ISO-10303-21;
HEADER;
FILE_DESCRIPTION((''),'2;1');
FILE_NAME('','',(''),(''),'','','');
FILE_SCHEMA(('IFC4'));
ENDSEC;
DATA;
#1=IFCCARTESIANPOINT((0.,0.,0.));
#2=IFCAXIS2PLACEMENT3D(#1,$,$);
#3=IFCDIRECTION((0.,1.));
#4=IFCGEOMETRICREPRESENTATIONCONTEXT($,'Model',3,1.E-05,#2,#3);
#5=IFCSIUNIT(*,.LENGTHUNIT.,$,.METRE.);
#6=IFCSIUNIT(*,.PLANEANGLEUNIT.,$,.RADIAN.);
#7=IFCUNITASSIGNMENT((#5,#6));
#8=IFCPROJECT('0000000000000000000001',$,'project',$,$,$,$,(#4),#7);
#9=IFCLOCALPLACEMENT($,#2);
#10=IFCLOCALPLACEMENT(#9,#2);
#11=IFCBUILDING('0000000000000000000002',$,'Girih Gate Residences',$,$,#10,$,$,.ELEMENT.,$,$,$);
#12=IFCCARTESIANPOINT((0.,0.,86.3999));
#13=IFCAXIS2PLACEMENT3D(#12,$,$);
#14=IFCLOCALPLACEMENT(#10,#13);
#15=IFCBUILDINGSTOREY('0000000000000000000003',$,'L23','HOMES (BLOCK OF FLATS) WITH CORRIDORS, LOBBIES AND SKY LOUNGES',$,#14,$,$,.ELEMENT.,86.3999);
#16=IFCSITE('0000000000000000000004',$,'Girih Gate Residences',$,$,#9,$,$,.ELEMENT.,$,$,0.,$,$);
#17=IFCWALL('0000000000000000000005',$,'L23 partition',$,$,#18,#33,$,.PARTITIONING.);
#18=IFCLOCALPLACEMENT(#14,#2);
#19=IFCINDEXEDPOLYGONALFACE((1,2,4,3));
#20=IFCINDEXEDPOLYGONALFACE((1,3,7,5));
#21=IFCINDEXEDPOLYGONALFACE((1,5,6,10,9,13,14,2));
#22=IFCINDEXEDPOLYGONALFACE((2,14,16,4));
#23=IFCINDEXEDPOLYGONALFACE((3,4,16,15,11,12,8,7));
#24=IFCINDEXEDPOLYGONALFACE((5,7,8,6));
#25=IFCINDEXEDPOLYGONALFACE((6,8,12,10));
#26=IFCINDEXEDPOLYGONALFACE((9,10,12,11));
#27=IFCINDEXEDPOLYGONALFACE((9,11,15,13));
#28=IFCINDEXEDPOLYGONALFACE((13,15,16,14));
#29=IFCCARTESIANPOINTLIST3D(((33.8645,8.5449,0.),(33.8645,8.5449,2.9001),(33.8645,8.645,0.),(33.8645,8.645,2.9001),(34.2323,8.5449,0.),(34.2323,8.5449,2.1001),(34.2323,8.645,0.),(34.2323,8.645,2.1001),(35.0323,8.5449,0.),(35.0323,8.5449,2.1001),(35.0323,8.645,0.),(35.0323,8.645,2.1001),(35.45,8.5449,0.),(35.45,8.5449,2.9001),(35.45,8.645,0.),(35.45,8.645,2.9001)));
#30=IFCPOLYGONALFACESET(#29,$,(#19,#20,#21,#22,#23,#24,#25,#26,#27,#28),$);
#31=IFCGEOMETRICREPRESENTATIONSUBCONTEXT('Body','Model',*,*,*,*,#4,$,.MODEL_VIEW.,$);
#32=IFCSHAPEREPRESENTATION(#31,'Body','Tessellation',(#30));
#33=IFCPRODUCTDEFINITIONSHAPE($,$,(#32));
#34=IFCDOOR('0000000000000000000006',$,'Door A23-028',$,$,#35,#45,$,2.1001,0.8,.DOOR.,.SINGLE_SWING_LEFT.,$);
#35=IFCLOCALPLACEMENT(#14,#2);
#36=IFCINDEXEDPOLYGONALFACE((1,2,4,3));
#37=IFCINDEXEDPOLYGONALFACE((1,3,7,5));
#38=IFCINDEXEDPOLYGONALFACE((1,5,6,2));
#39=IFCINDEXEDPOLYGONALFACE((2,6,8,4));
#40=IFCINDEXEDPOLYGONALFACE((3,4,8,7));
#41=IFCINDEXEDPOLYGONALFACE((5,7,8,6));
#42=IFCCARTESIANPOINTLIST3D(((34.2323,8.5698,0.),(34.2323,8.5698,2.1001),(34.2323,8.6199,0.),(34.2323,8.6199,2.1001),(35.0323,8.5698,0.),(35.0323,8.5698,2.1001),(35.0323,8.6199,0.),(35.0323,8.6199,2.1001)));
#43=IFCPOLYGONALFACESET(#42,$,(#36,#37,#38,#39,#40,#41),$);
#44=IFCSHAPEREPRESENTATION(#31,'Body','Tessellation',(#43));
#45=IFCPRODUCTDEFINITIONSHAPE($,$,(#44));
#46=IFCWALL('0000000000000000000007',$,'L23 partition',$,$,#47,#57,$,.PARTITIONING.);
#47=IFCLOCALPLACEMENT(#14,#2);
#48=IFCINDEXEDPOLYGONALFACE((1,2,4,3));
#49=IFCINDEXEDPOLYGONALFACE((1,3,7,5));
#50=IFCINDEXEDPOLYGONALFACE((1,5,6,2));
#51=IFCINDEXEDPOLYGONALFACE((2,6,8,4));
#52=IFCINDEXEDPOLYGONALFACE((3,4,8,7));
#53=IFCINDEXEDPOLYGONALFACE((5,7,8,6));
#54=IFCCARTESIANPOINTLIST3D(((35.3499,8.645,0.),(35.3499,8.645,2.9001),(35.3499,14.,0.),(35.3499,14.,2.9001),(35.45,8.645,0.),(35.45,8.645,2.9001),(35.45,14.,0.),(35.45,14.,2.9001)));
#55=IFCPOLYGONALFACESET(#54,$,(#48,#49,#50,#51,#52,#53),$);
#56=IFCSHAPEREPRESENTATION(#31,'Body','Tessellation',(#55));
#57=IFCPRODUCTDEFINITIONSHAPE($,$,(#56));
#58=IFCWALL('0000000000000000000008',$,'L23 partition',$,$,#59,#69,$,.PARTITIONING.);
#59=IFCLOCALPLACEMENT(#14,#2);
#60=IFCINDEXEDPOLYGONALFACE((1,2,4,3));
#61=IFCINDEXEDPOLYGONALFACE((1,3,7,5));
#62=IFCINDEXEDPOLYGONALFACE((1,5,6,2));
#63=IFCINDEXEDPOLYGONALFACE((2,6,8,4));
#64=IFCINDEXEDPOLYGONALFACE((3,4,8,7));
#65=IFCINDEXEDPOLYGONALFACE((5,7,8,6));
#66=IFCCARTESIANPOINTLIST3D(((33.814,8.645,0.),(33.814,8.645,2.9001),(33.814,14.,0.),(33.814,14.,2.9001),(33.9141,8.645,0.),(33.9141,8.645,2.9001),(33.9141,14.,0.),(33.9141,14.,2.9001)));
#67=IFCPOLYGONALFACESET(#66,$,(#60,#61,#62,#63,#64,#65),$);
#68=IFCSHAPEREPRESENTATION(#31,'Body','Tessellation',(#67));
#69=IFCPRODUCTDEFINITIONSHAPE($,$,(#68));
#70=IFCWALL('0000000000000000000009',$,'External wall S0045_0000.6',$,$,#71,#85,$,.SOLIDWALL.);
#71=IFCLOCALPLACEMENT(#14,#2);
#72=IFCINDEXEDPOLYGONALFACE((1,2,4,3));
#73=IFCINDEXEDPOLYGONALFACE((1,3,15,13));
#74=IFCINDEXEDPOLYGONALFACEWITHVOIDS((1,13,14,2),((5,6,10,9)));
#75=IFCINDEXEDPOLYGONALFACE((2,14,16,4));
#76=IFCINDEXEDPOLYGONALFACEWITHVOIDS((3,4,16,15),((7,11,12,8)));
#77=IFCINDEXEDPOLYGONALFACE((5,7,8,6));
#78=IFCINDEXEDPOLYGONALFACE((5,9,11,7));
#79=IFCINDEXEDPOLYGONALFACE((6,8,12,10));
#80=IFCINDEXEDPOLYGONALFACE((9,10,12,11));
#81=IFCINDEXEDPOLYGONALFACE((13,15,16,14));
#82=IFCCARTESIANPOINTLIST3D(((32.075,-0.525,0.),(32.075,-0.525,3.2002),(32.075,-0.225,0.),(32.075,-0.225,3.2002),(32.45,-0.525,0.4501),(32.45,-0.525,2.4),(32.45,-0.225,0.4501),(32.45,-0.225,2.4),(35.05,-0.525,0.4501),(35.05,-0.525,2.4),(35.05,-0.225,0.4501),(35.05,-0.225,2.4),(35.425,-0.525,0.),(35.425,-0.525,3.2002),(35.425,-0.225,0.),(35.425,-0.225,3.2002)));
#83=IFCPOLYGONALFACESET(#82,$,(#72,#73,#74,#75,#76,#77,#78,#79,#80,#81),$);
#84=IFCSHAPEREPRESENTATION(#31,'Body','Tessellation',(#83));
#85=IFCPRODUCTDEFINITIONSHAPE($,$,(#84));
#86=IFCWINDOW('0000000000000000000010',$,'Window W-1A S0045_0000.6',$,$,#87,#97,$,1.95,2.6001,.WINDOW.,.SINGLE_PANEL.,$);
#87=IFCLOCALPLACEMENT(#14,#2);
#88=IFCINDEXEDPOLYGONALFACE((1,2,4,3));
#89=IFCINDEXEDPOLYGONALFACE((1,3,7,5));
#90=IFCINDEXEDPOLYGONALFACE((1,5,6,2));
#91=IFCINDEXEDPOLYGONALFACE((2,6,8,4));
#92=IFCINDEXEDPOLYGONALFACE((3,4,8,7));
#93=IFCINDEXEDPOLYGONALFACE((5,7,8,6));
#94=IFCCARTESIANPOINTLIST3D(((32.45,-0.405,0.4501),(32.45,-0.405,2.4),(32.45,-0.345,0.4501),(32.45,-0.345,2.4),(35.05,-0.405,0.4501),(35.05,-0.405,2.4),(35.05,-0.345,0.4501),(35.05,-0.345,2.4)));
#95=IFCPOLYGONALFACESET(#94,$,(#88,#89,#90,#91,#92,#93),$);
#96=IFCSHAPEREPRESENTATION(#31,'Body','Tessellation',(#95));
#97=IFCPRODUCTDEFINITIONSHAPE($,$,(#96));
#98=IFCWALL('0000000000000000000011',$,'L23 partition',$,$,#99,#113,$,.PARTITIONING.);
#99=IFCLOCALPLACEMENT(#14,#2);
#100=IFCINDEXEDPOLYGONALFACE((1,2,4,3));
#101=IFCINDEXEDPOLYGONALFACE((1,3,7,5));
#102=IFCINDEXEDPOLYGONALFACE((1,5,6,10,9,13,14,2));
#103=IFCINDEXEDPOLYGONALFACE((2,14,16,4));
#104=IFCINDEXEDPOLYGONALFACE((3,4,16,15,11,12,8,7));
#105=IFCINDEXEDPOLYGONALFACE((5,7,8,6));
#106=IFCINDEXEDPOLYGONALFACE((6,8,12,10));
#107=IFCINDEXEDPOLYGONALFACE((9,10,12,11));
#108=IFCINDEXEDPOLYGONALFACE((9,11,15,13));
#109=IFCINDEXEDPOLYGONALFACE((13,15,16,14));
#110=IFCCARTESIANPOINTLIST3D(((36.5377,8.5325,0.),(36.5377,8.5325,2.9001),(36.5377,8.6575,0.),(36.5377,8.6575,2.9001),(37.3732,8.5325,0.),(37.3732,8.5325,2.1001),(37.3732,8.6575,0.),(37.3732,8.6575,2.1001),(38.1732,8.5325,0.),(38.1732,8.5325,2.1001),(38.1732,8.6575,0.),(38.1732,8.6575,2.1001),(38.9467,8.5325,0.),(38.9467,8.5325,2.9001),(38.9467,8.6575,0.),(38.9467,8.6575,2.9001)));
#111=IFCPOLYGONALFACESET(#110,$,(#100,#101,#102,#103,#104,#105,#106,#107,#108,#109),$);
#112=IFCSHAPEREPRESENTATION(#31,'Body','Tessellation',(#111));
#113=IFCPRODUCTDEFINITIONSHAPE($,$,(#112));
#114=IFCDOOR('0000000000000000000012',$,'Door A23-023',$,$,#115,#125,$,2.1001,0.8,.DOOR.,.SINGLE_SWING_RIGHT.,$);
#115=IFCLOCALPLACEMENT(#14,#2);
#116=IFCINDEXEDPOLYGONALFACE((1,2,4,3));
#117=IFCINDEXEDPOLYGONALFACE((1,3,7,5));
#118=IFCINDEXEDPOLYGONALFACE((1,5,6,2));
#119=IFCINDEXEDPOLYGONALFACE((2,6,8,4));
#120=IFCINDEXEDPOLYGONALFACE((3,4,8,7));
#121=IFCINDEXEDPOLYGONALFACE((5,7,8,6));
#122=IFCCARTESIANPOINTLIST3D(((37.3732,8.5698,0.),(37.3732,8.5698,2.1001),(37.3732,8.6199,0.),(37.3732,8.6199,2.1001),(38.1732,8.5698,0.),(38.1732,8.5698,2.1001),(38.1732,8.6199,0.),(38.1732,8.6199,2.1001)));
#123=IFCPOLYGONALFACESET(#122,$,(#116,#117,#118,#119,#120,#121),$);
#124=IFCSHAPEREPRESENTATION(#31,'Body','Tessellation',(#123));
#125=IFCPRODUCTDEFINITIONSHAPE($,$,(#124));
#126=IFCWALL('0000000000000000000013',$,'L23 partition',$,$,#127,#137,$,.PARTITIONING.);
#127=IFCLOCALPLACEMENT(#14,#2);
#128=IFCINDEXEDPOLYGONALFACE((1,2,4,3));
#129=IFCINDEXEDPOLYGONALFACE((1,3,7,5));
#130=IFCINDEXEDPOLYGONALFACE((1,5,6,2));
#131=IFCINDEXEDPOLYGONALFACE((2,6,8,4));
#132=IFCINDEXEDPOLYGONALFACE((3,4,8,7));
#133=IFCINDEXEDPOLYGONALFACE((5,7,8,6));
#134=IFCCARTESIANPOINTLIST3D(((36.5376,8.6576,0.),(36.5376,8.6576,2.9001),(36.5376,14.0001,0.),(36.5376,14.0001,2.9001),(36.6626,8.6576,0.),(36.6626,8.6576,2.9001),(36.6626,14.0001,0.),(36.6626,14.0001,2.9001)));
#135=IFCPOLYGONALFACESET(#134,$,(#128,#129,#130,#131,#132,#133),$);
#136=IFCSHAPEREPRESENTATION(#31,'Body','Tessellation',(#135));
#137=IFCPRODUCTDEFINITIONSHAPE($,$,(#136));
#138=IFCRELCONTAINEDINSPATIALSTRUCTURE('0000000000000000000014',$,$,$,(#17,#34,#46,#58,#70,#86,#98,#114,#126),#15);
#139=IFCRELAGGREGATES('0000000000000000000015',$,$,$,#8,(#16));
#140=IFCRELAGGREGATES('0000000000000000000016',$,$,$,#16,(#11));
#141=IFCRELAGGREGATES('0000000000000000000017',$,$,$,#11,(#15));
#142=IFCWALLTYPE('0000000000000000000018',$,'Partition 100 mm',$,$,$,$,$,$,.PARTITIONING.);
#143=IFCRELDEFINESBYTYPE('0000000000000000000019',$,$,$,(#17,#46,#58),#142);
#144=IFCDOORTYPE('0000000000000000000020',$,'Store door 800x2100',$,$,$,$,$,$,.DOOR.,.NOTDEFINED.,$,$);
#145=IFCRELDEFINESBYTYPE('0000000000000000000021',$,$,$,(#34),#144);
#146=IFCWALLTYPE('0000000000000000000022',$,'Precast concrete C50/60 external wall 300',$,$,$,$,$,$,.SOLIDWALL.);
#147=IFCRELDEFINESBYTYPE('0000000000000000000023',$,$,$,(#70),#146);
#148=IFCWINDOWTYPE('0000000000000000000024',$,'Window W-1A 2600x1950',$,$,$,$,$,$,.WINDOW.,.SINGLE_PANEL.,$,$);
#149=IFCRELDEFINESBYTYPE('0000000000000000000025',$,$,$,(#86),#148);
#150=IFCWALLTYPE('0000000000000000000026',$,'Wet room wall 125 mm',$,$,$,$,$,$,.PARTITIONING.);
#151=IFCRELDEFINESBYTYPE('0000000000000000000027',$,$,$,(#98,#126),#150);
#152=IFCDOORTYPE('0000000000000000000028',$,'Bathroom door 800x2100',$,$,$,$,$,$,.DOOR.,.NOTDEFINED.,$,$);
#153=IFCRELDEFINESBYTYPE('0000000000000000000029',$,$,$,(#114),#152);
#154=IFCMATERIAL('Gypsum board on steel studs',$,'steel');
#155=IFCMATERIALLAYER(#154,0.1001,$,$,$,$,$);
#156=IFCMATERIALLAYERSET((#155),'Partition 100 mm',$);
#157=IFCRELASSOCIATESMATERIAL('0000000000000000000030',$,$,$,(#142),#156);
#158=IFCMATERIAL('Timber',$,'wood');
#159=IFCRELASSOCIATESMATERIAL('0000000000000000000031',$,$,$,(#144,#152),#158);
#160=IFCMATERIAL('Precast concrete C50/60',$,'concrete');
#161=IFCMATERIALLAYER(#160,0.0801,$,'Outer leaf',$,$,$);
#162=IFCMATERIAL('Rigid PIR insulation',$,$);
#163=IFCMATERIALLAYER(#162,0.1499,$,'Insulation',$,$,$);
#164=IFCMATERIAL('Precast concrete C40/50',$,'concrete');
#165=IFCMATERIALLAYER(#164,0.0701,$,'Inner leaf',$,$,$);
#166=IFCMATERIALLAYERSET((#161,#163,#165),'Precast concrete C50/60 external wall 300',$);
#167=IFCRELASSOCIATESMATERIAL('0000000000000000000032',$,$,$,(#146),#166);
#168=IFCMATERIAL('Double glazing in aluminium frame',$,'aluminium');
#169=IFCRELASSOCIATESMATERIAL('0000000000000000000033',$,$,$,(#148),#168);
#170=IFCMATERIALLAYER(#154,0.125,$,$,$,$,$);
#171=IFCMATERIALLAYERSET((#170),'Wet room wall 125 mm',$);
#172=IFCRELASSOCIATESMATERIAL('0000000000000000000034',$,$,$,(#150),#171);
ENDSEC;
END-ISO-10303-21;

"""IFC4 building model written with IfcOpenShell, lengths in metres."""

from ifc_helpers import new_model, si_unit, direction, frame, frame_2d, origin, place, context, subcontext, project, spatial, rectangle, extrude, material, layer, layer_set, type_object, element, fill, save


model = new_model("IFC4")

# Units and contexts
model_context = context("Model", 3, precision=1e-05, world=origin(), true_north=direction((0.0, 1.0)))
body_context = subcontext(model_context, "Body", "Model", "MODEL_VIEW")
ifc_project = project(units=[si_unit("LENGTHUNIT", "METRE"), si_unit("PLANEANGLEUNIT", "RADIAN")], contexts=[model_context])

# Site, building, storey
site_placement = place(None, origin())
site = spatial("IfcSite", under=ifc_project, at=site_placement, Name="Girih Gate Residences", CompositionType="ELEMENT", RefElevation=0.0)
building_placement = place(site_placement, origin())
building = spatial("IfcBuilding", under=site, at=building_placement, Name="Girih Gate Residences", CompositionType="ELEMENT")
storey_placement = place(building_placement, frame((0.0, 0.0, 86.3999)))
storey = spatial("IfcBuildingStorey", under=building, at=storey_placement, Name="L23", Description="HOMES (BLOCK OF FLATS) WITH CORRIDORS, LOBBIES AND SKY LOUNGES", CompositionType="ELEMENT", Elevation=86.3999)

# Shared definitions
ifc_material_1 = material(Name="Gypsum board on steel studs", Category="steel")
ifc_layer_1 = layer(ifc_material_1, 0.1001)
ifc_layer_set_1 = layer_set([ifc_layer_1], Name="Partition 100 mm")
wall_type_1 = type_object("IfcWallType", Name="Partition 100 mm", PredefinedType="PARTITIONING", material=ifc_layer_set_1)

# Wall, opening, door
ifc_material_2 = material(Name="Timber", Category="wood")
door_type_1 = type_object("IfcDoorType", Name="Store door 800x2100", OperationType="NOTDEFINED", PredefinedType="DOOR", material=ifc_material_2)
wall_1_placement = place(storey_placement, frame((33.8645, 8.595, 0.0), z_axis=(0.0, 0.0, 1.0), x_axis=(1.0, 0.0, 0.0)))
wall_1 = element("IfcWall", 1, at=wall_1_placement, inside=storey, type_object=wall_type_1, Name="L23 partition", PredefinedType="PARTITIONING", context=body_context, shape_type="SweptSolid", body=[
    extrude(rectangle(XDim=1.5854, YDim=0.1001, at=frame_2d((0.7927, 0.0))), origin(), (0.0, 0.0, 1.0), 2.9001),
])
opening_1_placement = place(wall_1_placement, frame((0.3679, 0.0, 0.0)))
opening_1 = element("IfcOpeningElement", 2, at=opening_1_placement, cuts=wall_1, PredefinedType="OPENING", context=body_context, shape_type="SweptSolid", body=[
    extrude(rectangle(XDim=0.8, YDim=2.1001, at=frame_2d((0.3999, 1.05))), frame((0.0, 0.0601, 0.0), z_axis=(0.0, -1.0, 0.0), x_axis=(1.0, 0.0, 0.0)), (0.0, 0.0, 1.0), 0.1201),
])
door_1_placement = place(opening_1_placement, origin())
door_1 = element("IfcDoor", 3, at=door_1_placement, inside=storey, type_object=door_type_1, Name="Door A23-028", OperationType="SINGLE_SWING_LEFT", OverallHeight=2.1001, OverallWidth=0.8, PredefinedType="DOOR", context=body_context, shape_type="SweptSolid", body=[
    extrude(rectangle(XDim=0.8, YDim=2.1001, at=frame_2d((0.3999, 1.05))), frame((0.0, 0.0249, 0.0), z_axis=(0.0, -1.0, 0.0), x_axis=(1.0, 0.0, 0.0)), (0.0, 0.0, 1.0), 0.05),
])
fill(opening_1, door_1)

# Walls
for number, where, z_axis, x_axis, name in (
    (4, (35.3999, 8.645, 0.0), (0.0, 0.0, 1.0), (0.0, 1.0, 0.0), "L23 partition"),
    (5, (33.864, 8.645, 0.0), (0.0, 0.0, 1.0), (0.0, 1.0, 0.0), "L23 partition"),
):
    element("IfcWall", number, at=place(storey_placement, frame(where, z_axis=z_axis, x_axis=x_axis)), inside=storey, type_object=wall_type_1, Name=name, PredefinedType="PARTITIONING", context=body_context, shape_type="SweptSolid", body=[
        extrude(rectangle(XDim=5.355, YDim=0.1001, at=frame_2d((2.6775, 0.0))), origin(), (0.0, 0.0, 1.0), 2.9001),
    ])

# Wall, opening, window
ifc_material_3 = material(Name="Precast concrete C50/60", Category="concrete")
ifc_layer_2 = layer(ifc_material_3, 0.0801, Name="Outer leaf")
ifc_material_4 = material(Name="Rigid PIR insulation")
ifc_layer_3 = layer(ifc_material_4, 0.1499, Name="Insulation")
ifc_material_5 = material(Name="Precast concrete C40/50", Category="concrete")
ifc_layer_4 = layer(ifc_material_5, 0.0701, Name="Inner leaf")
ifc_layer_set_2 = layer_set([ifc_layer_2, ifc_layer_3, ifc_layer_4], Name="Precast concrete C50/60 external wall 300")
wall_type_2 = type_object("IfcWallType", Name="Precast concrete C50/60 external wall 300", PredefinedType="SOLIDWALL", material=ifc_layer_set_2)
wall_2_placement = place(storey_placement, frame((35.425, -0.375, 0.0), z_axis=(0.0, 0.0, 1.0), x_axis=(-1.0, 0.0, 0.0)))
wall_2 = element("IfcWall", 6, at=wall_2_placement, inside=storey, type_object=wall_type_2, Name="External wall S0045_0000.6", PredefinedType="SOLIDWALL", context=body_context, shape_type="SweptSolid", body=[
    extrude(rectangle(XDim=3.3501, YDim=0.3, at=frame_2d((1.675, 0.0))), origin(), (0.0, 0.0, 1.0), 3.2002),
])
opening_2_placement = place(wall_2_placement, frame((0.375, 0.0, 0.45)))
opening_2 = element("IfcOpeningElement", 7, at=opening_2_placement, cuts=wall_2, PredefinedType="OPENING", context=body_context, shape_type="SweptSolid", body=[
    extrude(rectangle(XDim=2.6001, YDim=1.95, at=frame_2d((1.3, 0.9751))), frame((0.0, 0.1599, 0.0), z_axis=(0.0, -1.0, 0.0), x_axis=(1.0, 0.0, 0.0)), (0.0, 0.0, 1.0), 0.3201),
])
ifc_material_6 = material(Name="Double glazing in aluminium frame", Category="aluminium")
window_type = type_object("IfcWindowType", Name="Window W-1A 2600x1950", PartitioningType="SINGLE_PANEL", PredefinedType="WINDOW", material=ifc_material_6)
window_placement = place(opening_2_placement, origin())
window = element("IfcWindow", 8, at=window_placement, inside=storey, type_object=window_type, Name="Window W-1A S0045_0000.6", OverallHeight=1.95, OverallWidth=2.6001, PartitioningType="SINGLE_PANEL", PredefinedType="WINDOW", context=body_context, shape_type="SweptSolid", body=[
    extrude(rectangle(XDim=2.6001, YDim=1.95, at=frame_2d((1.3, 0.9751))), frame((0.0, 0.03, 0.0), z_axis=(0.0, -1.0, 0.0), x_axis=(1.0, 0.0, 0.0)), (0.0, 0.0, 1.0), 0.0601),
])
fill(opening_2, window)

# Wall, opening, door
ifc_layer_5 = layer(ifc_material_1, 0.125)
ifc_layer_set_3 = layer_set([ifc_layer_5], Name="Wet room wall 125 mm")
wall_type_3 = type_object("IfcWallType", Name="Wet room wall 125 mm", PredefinedType="PARTITIONING", material=ifc_layer_set_3)
wall_3_placement = place(storey_placement, frame((36.5376, 8.595, 0.0), z_axis=(0.0, 0.0, 1.0), x_axis=(1.0, 0.0, 0.0)))
wall_3 = element("IfcWall", 9, at=wall_3_placement, inside=storey, type_object=wall_type_3, Name="L23 partition", PredefinedType="PARTITIONING", context=body_context, shape_type="SweptSolid", body=[
    extrude(rectangle(XDim=2.4089, YDim=0.125, at=frame_2d((1.2046, 0.0))), origin(), (0.0, 0.0, 1.0), 2.9001),
])
opening_3_placement = place(wall_3_placement, frame((0.8357, 0.0, 0.0)))
opening_3 = element("IfcOpeningElement", 10, at=opening_3_placement, cuts=wall_3, PredefinedType="OPENING", context=body_context, shape_type="SweptSolid", body=[
    extrude(rectangle(XDim=0.8, YDim=2.1001, at=frame_2d((0.3999, 1.05))), frame((0.0, 0.0725, 0.0), z_axis=(0.0, -1.0, 0.0), x_axis=(1.0, 0.0, 0.0)), (0.0, 0.0, 1.0), 0.145),
])
door_type_2 = type_object("IfcDoorType", Name="Bathroom door 800x2100", OperationType="NOTDEFINED", PredefinedType="DOOR", material=ifc_material_2)
door_2_placement = place(opening_3_placement, origin())
door_2 = element("IfcDoor", 11, at=door_2_placement, inside=storey, type_object=door_type_2, Name="Door A23-023", OperationType="SINGLE_SWING_RIGHT", OverallHeight=2.1001, OverallWidth=0.8, PredefinedType="DOOR", context=body_context, shape_type="SweptSolid", body=[
    extrude(rectangle(XDim=0.8, YDim=2.1001, at=frame_2d((0.3999, 1.05))), frame((0.0, 0.0249, 0.0), z_axis=(0.0, -1.0, 0.0), x_axis=(1.0, 0.0, 0.0)), (0.0, 0.0, 1.0), 0.05),
])
fill(opening_3, door_2)

# Wall
wall_4_placement = place(storey_placement, frame((36.6001, 8.6575, 0.0), z_axis=(0.0, 0.0, 1.0), x_axis=(0.0, 1.0, 0.0)))
element("IfcWall", 12, at=wall_4_placement, inside=storey, type_object=wall_type_3, Name="L23 partition", PredefinedType="PARTITIONING", context=body_context, shape_type="SweptSolid", body=[
    extrude(rectangle(XDim=5.3425, YDim=0.125, at=frame_2d((2.6714, 0.0))), origin(), (0.0, 0.0, 1.0), 2.9001),
])

save(model, "model.ifc")
